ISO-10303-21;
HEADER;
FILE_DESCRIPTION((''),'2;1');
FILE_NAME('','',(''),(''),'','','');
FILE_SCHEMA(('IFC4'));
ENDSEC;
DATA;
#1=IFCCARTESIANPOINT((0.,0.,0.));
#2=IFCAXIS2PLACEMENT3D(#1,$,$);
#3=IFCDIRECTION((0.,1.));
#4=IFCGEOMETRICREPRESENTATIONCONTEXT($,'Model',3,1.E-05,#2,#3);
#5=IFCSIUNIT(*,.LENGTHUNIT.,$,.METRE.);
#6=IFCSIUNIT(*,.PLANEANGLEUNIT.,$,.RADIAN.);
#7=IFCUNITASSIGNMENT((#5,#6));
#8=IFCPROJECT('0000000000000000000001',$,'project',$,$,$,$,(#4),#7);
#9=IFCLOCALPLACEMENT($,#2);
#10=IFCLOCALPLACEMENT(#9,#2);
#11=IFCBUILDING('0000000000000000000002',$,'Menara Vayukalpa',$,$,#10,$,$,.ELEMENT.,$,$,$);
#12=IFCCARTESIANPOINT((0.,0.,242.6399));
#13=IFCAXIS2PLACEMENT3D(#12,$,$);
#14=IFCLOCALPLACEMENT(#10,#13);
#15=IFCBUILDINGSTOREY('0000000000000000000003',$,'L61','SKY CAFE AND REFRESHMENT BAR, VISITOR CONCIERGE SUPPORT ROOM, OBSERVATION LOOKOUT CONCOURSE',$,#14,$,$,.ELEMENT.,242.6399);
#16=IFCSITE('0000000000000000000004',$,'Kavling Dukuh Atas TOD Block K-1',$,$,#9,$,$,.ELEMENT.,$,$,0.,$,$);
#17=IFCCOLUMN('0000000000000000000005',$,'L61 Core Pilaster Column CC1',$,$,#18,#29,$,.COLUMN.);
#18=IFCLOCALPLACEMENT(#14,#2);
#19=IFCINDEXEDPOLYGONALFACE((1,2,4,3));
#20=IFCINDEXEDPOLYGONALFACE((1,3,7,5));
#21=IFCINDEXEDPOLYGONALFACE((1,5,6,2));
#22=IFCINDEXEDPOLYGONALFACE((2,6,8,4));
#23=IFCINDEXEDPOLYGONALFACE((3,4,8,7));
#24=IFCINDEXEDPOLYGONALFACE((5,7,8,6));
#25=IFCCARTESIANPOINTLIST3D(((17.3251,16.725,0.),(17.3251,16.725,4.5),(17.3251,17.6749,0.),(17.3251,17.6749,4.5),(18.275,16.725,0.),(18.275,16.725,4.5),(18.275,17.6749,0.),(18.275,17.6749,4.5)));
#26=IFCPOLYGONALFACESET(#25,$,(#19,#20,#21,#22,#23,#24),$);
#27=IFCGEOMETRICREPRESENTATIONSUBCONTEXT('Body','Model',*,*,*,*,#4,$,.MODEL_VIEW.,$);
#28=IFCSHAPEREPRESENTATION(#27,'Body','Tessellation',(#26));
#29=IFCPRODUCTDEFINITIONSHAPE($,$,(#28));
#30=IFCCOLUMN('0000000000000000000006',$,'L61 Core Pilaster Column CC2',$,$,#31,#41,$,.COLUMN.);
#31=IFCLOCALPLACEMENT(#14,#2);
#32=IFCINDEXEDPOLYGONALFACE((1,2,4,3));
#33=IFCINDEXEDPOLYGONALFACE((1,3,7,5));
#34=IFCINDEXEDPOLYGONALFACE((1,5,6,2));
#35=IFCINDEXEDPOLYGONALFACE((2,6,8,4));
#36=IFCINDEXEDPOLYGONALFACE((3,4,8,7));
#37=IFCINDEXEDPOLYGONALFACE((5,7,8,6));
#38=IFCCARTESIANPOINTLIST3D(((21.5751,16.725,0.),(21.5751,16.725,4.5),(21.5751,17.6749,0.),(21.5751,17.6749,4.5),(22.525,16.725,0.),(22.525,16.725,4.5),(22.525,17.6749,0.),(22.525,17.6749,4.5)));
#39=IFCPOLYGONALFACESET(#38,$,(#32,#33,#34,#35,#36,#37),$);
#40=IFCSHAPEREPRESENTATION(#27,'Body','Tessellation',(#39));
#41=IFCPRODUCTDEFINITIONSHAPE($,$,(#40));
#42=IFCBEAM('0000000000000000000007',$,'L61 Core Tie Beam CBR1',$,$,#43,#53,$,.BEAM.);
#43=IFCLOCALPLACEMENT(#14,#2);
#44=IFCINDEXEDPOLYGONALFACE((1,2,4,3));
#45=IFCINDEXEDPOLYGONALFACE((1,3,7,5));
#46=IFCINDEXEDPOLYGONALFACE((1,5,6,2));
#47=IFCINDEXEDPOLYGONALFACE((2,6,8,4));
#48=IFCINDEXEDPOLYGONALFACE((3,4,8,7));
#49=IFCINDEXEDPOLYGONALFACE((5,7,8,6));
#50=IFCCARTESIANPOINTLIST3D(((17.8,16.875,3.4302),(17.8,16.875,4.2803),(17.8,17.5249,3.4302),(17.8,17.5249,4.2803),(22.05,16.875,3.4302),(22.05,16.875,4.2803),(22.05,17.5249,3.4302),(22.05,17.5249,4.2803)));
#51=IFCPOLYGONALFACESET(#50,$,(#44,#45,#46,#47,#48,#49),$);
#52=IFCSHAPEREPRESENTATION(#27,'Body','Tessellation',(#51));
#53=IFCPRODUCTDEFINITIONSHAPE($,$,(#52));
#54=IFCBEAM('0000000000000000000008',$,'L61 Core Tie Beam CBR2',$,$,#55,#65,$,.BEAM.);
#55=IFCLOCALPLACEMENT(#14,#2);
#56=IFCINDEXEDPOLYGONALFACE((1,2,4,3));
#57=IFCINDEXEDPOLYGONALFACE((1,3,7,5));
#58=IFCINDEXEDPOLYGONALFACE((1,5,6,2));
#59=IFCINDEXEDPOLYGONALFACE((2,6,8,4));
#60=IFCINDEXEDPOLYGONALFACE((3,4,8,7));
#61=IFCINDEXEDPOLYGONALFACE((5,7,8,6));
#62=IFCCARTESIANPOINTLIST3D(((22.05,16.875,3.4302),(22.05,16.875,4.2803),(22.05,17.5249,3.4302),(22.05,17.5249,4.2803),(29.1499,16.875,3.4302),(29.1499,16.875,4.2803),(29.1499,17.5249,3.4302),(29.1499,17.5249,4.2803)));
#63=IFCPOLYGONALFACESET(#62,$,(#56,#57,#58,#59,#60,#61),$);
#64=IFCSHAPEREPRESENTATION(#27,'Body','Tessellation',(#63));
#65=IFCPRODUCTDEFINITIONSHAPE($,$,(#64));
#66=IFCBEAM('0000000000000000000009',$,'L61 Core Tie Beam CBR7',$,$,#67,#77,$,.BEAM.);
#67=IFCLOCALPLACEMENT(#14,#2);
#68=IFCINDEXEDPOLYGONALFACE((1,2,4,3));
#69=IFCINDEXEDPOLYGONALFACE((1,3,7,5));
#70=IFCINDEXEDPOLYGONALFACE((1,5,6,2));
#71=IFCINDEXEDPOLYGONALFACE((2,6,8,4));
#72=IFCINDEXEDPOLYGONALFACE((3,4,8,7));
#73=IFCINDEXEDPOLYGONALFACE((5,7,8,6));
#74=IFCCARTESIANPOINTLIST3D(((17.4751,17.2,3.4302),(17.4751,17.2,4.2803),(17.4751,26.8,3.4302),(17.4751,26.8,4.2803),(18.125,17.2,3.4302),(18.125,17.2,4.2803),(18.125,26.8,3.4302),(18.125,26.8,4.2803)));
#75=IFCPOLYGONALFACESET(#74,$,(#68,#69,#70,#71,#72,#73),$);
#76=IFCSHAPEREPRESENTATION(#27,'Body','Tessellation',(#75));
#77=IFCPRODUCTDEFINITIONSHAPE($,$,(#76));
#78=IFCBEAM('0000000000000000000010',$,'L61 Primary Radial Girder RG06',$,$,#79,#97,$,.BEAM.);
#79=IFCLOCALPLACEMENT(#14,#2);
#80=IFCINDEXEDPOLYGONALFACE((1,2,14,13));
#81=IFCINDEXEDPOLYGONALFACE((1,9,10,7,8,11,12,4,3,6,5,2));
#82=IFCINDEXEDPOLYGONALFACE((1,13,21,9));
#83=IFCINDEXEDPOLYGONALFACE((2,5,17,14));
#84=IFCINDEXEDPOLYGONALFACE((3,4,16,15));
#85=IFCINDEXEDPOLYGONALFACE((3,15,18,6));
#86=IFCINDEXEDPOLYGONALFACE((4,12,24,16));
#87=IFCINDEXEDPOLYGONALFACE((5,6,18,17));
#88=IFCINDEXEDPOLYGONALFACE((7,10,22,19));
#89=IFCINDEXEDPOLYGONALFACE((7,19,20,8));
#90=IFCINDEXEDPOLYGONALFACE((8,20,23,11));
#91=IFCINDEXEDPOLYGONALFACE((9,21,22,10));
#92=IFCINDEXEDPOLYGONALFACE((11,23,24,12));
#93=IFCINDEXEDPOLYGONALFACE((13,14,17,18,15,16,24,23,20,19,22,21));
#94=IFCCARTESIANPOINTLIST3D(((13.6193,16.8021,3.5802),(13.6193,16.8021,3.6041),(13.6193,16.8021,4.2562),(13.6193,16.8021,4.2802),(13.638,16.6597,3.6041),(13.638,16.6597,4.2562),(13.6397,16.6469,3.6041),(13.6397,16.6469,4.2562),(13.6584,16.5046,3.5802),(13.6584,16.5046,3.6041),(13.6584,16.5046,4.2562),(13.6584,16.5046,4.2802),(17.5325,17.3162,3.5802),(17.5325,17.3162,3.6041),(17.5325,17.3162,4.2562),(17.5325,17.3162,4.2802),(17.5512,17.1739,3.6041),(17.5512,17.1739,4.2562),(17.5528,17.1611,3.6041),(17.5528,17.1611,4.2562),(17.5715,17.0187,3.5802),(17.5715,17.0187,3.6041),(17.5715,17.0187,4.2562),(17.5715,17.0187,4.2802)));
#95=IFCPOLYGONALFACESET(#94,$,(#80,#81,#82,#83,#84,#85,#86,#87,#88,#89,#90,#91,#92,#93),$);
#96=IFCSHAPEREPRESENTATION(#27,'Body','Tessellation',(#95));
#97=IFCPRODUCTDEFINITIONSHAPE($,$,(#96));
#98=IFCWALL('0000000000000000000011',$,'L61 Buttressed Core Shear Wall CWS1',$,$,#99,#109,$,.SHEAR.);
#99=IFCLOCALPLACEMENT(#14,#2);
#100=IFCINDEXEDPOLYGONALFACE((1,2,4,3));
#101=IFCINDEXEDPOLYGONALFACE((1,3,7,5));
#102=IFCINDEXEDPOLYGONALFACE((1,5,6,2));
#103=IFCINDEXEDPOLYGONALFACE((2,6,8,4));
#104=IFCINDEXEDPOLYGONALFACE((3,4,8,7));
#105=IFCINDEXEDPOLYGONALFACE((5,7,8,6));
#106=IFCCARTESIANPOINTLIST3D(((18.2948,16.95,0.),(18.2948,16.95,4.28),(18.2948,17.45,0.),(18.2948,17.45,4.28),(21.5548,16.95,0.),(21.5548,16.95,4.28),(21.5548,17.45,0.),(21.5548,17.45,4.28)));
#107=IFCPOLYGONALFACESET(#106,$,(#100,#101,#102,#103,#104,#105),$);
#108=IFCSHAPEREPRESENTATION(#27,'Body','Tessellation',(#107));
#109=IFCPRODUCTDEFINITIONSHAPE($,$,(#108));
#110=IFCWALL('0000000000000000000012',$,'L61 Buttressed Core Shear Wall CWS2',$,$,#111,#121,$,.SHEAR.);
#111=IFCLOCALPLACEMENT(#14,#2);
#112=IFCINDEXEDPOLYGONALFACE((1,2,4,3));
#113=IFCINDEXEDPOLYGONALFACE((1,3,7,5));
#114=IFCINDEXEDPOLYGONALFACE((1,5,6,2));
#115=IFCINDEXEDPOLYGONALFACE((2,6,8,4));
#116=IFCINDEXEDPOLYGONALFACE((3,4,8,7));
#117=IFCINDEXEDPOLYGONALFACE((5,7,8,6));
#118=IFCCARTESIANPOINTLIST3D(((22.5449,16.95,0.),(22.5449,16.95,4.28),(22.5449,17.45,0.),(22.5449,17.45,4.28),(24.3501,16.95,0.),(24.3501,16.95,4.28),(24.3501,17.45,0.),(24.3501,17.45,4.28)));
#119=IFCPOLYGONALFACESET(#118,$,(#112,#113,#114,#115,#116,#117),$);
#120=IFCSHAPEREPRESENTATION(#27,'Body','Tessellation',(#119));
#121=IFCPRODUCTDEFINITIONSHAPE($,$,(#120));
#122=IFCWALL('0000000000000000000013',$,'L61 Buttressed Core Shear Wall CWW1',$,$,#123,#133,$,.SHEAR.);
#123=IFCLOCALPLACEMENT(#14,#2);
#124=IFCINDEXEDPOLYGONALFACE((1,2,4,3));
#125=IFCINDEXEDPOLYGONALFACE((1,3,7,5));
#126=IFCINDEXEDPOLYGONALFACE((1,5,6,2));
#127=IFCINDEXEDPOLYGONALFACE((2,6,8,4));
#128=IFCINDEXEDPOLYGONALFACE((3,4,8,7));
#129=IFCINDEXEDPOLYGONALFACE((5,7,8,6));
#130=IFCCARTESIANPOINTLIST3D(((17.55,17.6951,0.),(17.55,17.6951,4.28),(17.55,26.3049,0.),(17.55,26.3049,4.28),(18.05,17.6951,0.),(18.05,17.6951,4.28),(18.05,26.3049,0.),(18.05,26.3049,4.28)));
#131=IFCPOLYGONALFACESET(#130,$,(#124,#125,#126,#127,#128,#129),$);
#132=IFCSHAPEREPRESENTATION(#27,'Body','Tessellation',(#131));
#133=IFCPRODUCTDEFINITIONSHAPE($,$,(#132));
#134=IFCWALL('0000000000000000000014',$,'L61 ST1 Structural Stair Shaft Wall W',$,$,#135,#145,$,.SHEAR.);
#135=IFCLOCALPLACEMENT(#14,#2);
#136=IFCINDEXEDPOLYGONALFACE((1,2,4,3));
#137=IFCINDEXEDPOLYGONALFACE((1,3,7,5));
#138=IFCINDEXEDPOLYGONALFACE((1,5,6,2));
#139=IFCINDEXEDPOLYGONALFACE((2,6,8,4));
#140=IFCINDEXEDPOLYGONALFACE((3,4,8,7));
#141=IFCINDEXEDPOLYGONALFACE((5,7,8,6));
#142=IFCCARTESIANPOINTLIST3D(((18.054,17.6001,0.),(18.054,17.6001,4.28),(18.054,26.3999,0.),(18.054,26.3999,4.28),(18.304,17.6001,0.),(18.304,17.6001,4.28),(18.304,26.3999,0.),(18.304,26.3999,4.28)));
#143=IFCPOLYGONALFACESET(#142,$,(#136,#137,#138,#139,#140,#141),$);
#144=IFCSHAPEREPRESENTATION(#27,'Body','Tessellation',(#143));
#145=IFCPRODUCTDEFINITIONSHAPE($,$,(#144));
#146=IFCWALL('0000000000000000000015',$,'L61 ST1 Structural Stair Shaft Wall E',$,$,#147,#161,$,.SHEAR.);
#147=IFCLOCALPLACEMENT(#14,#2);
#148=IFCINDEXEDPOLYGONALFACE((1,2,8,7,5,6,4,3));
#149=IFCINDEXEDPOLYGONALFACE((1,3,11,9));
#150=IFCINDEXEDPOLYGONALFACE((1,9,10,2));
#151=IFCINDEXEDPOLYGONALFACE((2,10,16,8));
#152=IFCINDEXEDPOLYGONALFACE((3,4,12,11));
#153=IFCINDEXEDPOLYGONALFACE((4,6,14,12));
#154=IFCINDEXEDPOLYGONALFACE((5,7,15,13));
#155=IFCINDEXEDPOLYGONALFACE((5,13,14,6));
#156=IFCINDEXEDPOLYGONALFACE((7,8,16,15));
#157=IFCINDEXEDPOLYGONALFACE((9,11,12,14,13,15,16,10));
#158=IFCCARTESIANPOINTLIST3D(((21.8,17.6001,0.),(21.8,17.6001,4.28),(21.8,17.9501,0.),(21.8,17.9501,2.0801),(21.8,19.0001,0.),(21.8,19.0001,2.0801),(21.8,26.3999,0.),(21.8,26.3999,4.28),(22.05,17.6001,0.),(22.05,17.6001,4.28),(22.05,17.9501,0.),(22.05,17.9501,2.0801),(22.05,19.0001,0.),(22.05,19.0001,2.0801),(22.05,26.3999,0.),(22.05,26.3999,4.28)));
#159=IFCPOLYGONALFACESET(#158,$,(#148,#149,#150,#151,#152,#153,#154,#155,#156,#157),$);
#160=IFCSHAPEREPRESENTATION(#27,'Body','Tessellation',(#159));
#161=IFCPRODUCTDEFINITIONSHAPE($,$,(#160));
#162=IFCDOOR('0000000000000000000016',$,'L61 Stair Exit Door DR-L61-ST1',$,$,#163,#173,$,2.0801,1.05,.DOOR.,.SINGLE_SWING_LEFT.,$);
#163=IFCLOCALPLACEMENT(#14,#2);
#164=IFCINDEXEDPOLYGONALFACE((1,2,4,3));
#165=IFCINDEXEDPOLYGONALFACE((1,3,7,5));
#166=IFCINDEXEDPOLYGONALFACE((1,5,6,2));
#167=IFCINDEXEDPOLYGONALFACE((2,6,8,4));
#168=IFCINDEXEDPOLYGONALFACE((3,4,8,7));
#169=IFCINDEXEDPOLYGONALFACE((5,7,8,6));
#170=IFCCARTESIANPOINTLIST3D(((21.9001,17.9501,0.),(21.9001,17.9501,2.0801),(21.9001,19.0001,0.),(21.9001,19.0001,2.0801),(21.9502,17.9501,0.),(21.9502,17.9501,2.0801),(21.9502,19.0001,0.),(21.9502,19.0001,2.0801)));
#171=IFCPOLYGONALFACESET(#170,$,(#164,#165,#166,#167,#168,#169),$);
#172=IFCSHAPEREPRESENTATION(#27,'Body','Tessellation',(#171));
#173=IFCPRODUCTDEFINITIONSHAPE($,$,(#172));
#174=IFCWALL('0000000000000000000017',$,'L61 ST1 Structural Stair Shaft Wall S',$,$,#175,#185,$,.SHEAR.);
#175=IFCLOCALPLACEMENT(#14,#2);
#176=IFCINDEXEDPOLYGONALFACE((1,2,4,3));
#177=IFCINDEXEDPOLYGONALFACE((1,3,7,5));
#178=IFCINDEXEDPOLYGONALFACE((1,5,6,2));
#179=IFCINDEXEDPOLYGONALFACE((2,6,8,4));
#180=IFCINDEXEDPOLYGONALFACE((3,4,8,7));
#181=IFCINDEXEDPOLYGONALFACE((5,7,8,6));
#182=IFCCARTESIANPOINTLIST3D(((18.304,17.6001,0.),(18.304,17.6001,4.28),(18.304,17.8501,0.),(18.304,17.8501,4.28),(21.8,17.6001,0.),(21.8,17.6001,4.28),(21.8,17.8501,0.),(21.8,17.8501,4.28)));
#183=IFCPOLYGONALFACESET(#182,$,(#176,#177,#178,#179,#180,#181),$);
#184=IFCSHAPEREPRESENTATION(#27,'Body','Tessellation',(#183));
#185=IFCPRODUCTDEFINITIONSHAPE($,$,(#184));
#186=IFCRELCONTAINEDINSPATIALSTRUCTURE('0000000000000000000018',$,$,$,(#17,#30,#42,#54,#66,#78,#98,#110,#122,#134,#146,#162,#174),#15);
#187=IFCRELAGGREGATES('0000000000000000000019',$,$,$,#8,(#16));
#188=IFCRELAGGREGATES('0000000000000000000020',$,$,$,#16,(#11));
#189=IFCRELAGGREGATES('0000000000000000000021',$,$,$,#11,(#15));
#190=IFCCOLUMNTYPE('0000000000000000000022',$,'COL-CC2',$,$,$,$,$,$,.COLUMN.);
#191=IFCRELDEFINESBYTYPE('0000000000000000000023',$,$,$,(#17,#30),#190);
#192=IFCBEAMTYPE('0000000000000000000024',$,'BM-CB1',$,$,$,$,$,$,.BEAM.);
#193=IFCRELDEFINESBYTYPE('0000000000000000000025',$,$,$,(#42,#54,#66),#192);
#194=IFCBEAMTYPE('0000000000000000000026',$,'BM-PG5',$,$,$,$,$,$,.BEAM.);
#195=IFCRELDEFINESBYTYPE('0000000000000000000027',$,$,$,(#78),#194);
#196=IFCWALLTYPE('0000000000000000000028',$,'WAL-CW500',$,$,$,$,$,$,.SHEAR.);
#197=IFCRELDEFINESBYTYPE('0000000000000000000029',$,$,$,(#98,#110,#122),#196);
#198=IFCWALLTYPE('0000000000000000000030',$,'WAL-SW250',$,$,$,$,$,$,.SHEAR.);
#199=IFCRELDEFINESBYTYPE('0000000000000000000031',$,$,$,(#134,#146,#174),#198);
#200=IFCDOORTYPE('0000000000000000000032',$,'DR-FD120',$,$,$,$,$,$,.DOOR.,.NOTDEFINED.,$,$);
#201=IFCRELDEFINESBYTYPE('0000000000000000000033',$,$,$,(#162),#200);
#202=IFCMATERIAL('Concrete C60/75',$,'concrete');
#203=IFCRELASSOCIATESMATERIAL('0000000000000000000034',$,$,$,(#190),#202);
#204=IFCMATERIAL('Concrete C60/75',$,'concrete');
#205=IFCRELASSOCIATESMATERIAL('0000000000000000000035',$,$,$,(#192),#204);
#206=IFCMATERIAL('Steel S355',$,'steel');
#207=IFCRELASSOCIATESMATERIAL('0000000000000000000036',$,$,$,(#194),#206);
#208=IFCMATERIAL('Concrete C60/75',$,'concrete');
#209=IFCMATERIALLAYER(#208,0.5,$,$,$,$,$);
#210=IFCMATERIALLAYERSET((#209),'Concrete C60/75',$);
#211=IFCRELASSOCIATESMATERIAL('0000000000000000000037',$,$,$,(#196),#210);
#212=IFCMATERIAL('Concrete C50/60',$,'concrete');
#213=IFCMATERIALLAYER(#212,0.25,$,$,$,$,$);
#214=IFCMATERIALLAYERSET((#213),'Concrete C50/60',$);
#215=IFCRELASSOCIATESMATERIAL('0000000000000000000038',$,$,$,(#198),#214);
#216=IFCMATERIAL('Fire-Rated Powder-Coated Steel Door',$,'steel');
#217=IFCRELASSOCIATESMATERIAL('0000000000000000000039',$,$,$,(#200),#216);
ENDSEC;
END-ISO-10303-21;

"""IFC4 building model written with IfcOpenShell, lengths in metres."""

from ifc_helpers import new_model, si_unit, direction, frame, frame_2d, origin, origin_2d, place, context, subcontext, project, spatial, rectangle, i_section, extrude, material, layer, layer_set, material_profile, profile_set, type_object, element, fill, save


model = new_model("IFC4")

# Units and contexts
model_context = context("Model", 3, precision=1e-05, world=origin(), true_north=direction((0.0, 1.0)))
body_context = subcontext(model_context, "Body", "Model", "MODEL_VIEW")
ifc_project = project(units=[si_unit("LENGTHUNIT", "METRE"), si_unit("PLANEANGLEUNIT", "RADIAN")], contexts=[model_context])

# Site, building, storey
site_placement = place(None, origin())
site = spatial("IfcSite", under=ifc_project, at=site_placement, Name="Kavling Dukuh Atas TOD Block K-1", CompositionType="ELEMENT", RefElevation=0.0)
building_placement = place(site_placement, origin())
building = spatial("IfcBuilding", under=site, at=building_placement, Name="Menara Vayukalpa", CompositionType="ELEMENT")
storey_placement = place(building_placement, frame((0.0, 0.0, 242.6399)))
storey = spatial("IfcBuildingStorey", under=building, at=storey_placement, Name="L61", Description="SKY CAFE AND REFRESHMENT BAR, VISITOR CONCIERGE SUPPORT ROOM, OBSERVATION LOOKOUT CONCOURSE", CompositionType="ELEMENT", Elevation=242.6399)

# Columns
ifc_material_1 = material(Name="Concrete C60/75", Category="concrete")
ifc_material_profile_1 = material_profile(ifc_material_1, rectangle(XDim=0.95, YDim=0.95, at=origin_2d()), Name="RC 950x950")
ifc_profile_set_1 = profile_set([ifc_material_profile_1], Name="Concrete C60/75")
column_type = type_object("IfcColumnType", Name="COL-CC2", PredefinedType="COLUMN", material=ifc_profile_set_1)
for number, where, z_axis, x_axis, name in (
    (1, (17.8, 17.2, 0.0), (0.0, 0.0, 1.0), (1.0, 0.0, 0.0), "L61 Core Pilaster Column CC1"),
    (2, (22.05, 17.2, 0.0), (0.0, 0.0, 1.0), (1.0, 0.0, 0.0), "L61 Core Pilaster Column CC2"),
):
    element("IfcColumn", number, at=place(storey_placement, frame(where, z_axis=z_axis, x_axis=x_axis)), inside=storey, type_object=column_type, Name=name, PredefinedType="COLUMN", context=body_context, shape_type="SweptSolid", body=[
        extrude(rectangle(XDim=0.95, YDim=0.95, at=origin_2d()), origin(), (0.0, 0.0, 1.0), 4.5),
    ])

# Beams
ifc_material_2 = material(Name="Concrete C60/75", Category="concrete")
ifc_material_profile_2 = material_profile(ifc_material_2, rectangle(XDim=0.6499, YDim=0.8501, at=origin_2d()), Name="RC 650x850")
ifc_profile_set_2 = profile_set([ifc_material_profile_2], Name="Concrete C60/75")
beam_type_1 = type_object("IfcBeamType", Name="BM-CB1", PredefinedType="BEAM", material=ifc_profile_set_2)
beam_1_placement = place(storey_placement, frame((17.8, 17.2, 3.8552), z_axis=(1.0, 0.0, 0.0), x_axis=(0.0, 1.0, 0.0)))
element("IfcBeam", 3, at=beam_1_placement, inside=storey, type_object=beam_type_1, Name="L61 Core Tie Beam CBR1", PredefinedType="BEAM", context=body_context, shape_type="SweptSolid", body=[
    extrude(rectangle(XDim=0.6499, YDim=0.8501, at=origin_2d()), origin(), (0.0, 0.0, 1.0), 4.25),
])
beam_2_placement = place(storey_placement, frame((22.05, 17.2, 3.8552), z_axis=(1.0, 0.0, 0.0), x_axis=(0.0, 1.0, 0.0)))
element("IfcBeam", 4, at=beam_2_placement, inside=storey, type_object=beam_type_1, Name="L61 Core Tie Beam CBR2", PredefinedType="BEAM", context=body_context, shape_type="SweptSolid", body=[
    extrude(rectangle(XDim=0.6499, YDim=0.8501, at=origin_2d()), origin(), (0.0, 0.0, 1.0), 7.0999),
])
beam_3_placement = place(storey_placement, frame((17.8, 17.2, 3.8552), z_axis=(0.0, 1.0, 0.0), x_axis=(-1.0, 0.0, 0.0)))
element("IfcBeam", 5, at=beam_3_placement, inside=storey, type_object=beam_type_1, Name="L61 Core Tie Beam CBR7", PredefinedType="BEAM", context=body_context, shape_type="SweptSolid", body=[
    extrude(rectangle(XDim=0.6499, YDim=0.8501, at=origin_2d()), origin(), (0.0, 0.0, 1.0), 9.6001),
])
ifc_material_3 = material(Name="Steel S355", Category="steel")
ifc_material_profile_3 = material_profile(ifc_material_3, i_section(OverallWidth=0.3, OverallDepth=0.7, WebThickness=0.0129, FlangeThickness=0.0239, at=origin_2d()), Name="WF 700x300x13x24")
ifc_profile_set_3 = profile_set([ifc_material_profile_3], Name="Steel S355")
beam_type_2 = type_object("IfcBeamType", Name="BM-PG5", PredefinedType="BEAM", material=ifc_profile_set_3)
beam_4_placement = place(storey_placement, frame((17.552, 17.1675, 3.9302), z_axis=(-0.991478, -0.130275, 0.0), x_axis=(0.130275, -0.991478, 0.0)))
element("IfcBeam", 6, at=beam_4_placement, inside=storey, type_object=beam_type_2, Name="L61 Primary Radial Girder RG06", PredefinedType="BEAM", context=body_context, shape_type="SweptSolid", body=[
    extrude(i_section(OverallWidth=0.3, OverallDepth=0.7, WebThickness=0.0129, FlangeThickness=0.0239, at=origin_2d()), origin(), (0.0, 0.0, 1.0), 3.9468),
])

# Walls
ifc_material_4 = material(Name="Concrete C60/75", Category="concrete")
ifc_layer_1 = layer(ifc_material_4, 0.5)
ifc_layer_set_1 = layer_set([ifc_layer_1], Name="Concrete C60/75")
wall_type_1 = type_object("IfcWallType", Name="WAL-CW500", PredefinedType="SHEAR", material=ifc_layer_set_1)
wall_1_placement = place(storey_placement, frame((18.2949, 17.2, 0.0), z_axis=(0.0, 0.0, 1.0), x_axis=(1.0, 0.0, 0.0)))
element("IfcWall", 7, at=wall_1_placement, inside=storey, type_object=wall_type_1, Name="L61 Buttressed Core Shear Wall CWS1", PredefinedType="SHEAR", context=body_context, shape_type="SweptSolid", body=[
    extrude(rectangle(XDim=3.26, YDim=0.5, at=frame_2d((1.6299, 0.0))), origin(), (0.0, 0.0, 1.0), 4.28),
])
wall_2_placement = place(storey_placement, frame((22.5449, 17.2, 0.0), z_axis=(0.0, 0.0, 1.0), x_axis=(1.0, 0.0, 0.0)))
element("IfcWall", 8, at=wall_2_placement, inside=storey, type_object=wall_type_1, Name="L61 Buttressed Core Shear Wall CWS2", PredefinedType="SHEAR", context=body_context, shape_type="SweptSolid", body=[
    extrude(rectangle(XDim=1.8052, YDim=0.5, at=frame_2d((0.9026, 0.0))), origin(), (0.0, 0.0, 1.0), 4.28),
])
wall_3_placement = place(storey_placement, frame((17.8, 17.6951, 0.0), z_axis=(0.0, 0.0, 1.0), x_axis=(0.0, 1.0, 0.0)))
element("IfcWall", 9, at=wall_3_placement, inside=storey, type_object=wall_type_1, Name="L61 Buttressed Core Shear Wall CWW1", PredefinedType="SHEAR", context=body_context, shape_type="SweptSolid", body=[
    extrude(rectangle(XDim=8.6099, YDim=0.5, at=frame_2d((4.3049, 0.0))), origin(), (0.0, 0.0, 1.0), 4.28),
])
ifc_material_5 = material(Name="Concrete C50/60", Category="concrete")
ifc_layer_2 = layer(ifc_material_5, 0.25)
ifc_layer_set_2 = layer_set([ifc_layer_2], Name="Concrete C50/60")
wall_type_2 = type_object("IfcWallType", Name="WAL-SW250", PredefinedType="SHEAR", material=ifc_layer_set_2)
wall_4_placement = place(storey_placement, frame((18.179, 17.6001, 0.0), z_axis=(0.0, 0.0, 1.0), x_axis=(0.0, 1.0, 0.0)))
element("IfcWall", 10, at=wall_4_placement, inside=storey, type_object=wall_type_2, Name="L61 ST1 Structural Stair Shaft Wall W", PredefinedType="SHEAR", context=body_context, shape_type="SweptSolid", body=[
    extrude(rectangle(XDim=8.7998, YDim=0.25, at=frame_2d((4.3999, 0.0))), origin(), (0.0, 0.0, 1.0), 4.28),
])

# Wall, opening, door
wall_5_placement = place(storey_placement, frame((21.925, 17.6001, 0.0), z_axis=(0.0, 0.0, 1.0), x_axis=(0.0, 1.0, 0.0)))
wall_5 = element("IfcWall", 11, at=wall_5_placement, inside=storey, type_object=wall_type_2, Name="L61 ST1 Structural Stair Shaft Wall E", PredefinedType="SHEAR", context=body_context, shape_type="SweptSolid", body=[
    extrude(rectangle(XDim=8.7998, YDim=0.25, at=frame_2d((4.3999, 0.0))), origin(), (0.0, 0.0, 1.0), 4.28),
])
opening_placement = place(wall_5_placement, frame((0.3501, 0.0, 0.0)))
opening = element("IfcOpeningElement", 12, at=opening_placement, cuts=wall_5, PredefinedType="OPENING", context=body_context, shape_type="SweptSolid", body=[
    extrude(rectangle(XDim=1.05, YDim=2.0801, at=frame_2d((0.5249, 1.04))), frame((0.0, 0.135, 0.0), z_axis=(0.0, -1.0, 0.0), x_axis=(1.0, 0.0, 0.0)), (0.0, 0.0, 1.0), 0.27),
])
ifc_material_6 = material(Name="Fire-Rated Powder-Coated Steel Door", Category="steel")
door_type = type_object("IfcDoorType", Name="DR-FD120", OperationType="NOTDEFINED", PredefinedType="DOOR", material=ifc_material_6)
door_placement = place(opening_placement, origin())
door = element("IfcDoor", 13, at=door_placement, inside=storey, type_object=door_type, Name="L61 Stair Exit Door DR-L61-ST1", OperationType="SINGLE_SWING_LEFT", OverallHeight=2.0801, OverallWidth=1.05, PredefinedType="DOOR", context=body_context, shape_type="SweptSolid", body=[
    extrude(rectangle(XDim=1.05, YDim=2.0801, at=frame_2d((0.5249, 1.04))), frame((0.0, 0.0249, 0.0), z_axis=(0.0, -1.0, 0.0), x_axis=(1.0, 0.0, 0.0)), (0.0, 0.0, 1.0), 0.05),
])
fill(opening, door)

# Wall
wall_6_placement = place(storey_placement, frame((18.304, 17.7251, 0.0), z_axis=(0.0, 0.0, 1.0), x_axis=(1.0, 0.0, 0.0)))
element("IfcWall", 14, at=wall_6_placement, inside=storey, type_object=wall_type_2, Name="L61 ST1 Structural Stair Shaft Wall S", PredefinedType="SHEAR", context=body_context, shape_type="SweptSolid", body=[
    extrude(rectangle(XDim=3.4961, YDim=0.25, at=frame_2d((1.748, 0.0))), origin(), (0.0, 0.0, 1.0), 4.28),
])

save(model, "model.ifc")
